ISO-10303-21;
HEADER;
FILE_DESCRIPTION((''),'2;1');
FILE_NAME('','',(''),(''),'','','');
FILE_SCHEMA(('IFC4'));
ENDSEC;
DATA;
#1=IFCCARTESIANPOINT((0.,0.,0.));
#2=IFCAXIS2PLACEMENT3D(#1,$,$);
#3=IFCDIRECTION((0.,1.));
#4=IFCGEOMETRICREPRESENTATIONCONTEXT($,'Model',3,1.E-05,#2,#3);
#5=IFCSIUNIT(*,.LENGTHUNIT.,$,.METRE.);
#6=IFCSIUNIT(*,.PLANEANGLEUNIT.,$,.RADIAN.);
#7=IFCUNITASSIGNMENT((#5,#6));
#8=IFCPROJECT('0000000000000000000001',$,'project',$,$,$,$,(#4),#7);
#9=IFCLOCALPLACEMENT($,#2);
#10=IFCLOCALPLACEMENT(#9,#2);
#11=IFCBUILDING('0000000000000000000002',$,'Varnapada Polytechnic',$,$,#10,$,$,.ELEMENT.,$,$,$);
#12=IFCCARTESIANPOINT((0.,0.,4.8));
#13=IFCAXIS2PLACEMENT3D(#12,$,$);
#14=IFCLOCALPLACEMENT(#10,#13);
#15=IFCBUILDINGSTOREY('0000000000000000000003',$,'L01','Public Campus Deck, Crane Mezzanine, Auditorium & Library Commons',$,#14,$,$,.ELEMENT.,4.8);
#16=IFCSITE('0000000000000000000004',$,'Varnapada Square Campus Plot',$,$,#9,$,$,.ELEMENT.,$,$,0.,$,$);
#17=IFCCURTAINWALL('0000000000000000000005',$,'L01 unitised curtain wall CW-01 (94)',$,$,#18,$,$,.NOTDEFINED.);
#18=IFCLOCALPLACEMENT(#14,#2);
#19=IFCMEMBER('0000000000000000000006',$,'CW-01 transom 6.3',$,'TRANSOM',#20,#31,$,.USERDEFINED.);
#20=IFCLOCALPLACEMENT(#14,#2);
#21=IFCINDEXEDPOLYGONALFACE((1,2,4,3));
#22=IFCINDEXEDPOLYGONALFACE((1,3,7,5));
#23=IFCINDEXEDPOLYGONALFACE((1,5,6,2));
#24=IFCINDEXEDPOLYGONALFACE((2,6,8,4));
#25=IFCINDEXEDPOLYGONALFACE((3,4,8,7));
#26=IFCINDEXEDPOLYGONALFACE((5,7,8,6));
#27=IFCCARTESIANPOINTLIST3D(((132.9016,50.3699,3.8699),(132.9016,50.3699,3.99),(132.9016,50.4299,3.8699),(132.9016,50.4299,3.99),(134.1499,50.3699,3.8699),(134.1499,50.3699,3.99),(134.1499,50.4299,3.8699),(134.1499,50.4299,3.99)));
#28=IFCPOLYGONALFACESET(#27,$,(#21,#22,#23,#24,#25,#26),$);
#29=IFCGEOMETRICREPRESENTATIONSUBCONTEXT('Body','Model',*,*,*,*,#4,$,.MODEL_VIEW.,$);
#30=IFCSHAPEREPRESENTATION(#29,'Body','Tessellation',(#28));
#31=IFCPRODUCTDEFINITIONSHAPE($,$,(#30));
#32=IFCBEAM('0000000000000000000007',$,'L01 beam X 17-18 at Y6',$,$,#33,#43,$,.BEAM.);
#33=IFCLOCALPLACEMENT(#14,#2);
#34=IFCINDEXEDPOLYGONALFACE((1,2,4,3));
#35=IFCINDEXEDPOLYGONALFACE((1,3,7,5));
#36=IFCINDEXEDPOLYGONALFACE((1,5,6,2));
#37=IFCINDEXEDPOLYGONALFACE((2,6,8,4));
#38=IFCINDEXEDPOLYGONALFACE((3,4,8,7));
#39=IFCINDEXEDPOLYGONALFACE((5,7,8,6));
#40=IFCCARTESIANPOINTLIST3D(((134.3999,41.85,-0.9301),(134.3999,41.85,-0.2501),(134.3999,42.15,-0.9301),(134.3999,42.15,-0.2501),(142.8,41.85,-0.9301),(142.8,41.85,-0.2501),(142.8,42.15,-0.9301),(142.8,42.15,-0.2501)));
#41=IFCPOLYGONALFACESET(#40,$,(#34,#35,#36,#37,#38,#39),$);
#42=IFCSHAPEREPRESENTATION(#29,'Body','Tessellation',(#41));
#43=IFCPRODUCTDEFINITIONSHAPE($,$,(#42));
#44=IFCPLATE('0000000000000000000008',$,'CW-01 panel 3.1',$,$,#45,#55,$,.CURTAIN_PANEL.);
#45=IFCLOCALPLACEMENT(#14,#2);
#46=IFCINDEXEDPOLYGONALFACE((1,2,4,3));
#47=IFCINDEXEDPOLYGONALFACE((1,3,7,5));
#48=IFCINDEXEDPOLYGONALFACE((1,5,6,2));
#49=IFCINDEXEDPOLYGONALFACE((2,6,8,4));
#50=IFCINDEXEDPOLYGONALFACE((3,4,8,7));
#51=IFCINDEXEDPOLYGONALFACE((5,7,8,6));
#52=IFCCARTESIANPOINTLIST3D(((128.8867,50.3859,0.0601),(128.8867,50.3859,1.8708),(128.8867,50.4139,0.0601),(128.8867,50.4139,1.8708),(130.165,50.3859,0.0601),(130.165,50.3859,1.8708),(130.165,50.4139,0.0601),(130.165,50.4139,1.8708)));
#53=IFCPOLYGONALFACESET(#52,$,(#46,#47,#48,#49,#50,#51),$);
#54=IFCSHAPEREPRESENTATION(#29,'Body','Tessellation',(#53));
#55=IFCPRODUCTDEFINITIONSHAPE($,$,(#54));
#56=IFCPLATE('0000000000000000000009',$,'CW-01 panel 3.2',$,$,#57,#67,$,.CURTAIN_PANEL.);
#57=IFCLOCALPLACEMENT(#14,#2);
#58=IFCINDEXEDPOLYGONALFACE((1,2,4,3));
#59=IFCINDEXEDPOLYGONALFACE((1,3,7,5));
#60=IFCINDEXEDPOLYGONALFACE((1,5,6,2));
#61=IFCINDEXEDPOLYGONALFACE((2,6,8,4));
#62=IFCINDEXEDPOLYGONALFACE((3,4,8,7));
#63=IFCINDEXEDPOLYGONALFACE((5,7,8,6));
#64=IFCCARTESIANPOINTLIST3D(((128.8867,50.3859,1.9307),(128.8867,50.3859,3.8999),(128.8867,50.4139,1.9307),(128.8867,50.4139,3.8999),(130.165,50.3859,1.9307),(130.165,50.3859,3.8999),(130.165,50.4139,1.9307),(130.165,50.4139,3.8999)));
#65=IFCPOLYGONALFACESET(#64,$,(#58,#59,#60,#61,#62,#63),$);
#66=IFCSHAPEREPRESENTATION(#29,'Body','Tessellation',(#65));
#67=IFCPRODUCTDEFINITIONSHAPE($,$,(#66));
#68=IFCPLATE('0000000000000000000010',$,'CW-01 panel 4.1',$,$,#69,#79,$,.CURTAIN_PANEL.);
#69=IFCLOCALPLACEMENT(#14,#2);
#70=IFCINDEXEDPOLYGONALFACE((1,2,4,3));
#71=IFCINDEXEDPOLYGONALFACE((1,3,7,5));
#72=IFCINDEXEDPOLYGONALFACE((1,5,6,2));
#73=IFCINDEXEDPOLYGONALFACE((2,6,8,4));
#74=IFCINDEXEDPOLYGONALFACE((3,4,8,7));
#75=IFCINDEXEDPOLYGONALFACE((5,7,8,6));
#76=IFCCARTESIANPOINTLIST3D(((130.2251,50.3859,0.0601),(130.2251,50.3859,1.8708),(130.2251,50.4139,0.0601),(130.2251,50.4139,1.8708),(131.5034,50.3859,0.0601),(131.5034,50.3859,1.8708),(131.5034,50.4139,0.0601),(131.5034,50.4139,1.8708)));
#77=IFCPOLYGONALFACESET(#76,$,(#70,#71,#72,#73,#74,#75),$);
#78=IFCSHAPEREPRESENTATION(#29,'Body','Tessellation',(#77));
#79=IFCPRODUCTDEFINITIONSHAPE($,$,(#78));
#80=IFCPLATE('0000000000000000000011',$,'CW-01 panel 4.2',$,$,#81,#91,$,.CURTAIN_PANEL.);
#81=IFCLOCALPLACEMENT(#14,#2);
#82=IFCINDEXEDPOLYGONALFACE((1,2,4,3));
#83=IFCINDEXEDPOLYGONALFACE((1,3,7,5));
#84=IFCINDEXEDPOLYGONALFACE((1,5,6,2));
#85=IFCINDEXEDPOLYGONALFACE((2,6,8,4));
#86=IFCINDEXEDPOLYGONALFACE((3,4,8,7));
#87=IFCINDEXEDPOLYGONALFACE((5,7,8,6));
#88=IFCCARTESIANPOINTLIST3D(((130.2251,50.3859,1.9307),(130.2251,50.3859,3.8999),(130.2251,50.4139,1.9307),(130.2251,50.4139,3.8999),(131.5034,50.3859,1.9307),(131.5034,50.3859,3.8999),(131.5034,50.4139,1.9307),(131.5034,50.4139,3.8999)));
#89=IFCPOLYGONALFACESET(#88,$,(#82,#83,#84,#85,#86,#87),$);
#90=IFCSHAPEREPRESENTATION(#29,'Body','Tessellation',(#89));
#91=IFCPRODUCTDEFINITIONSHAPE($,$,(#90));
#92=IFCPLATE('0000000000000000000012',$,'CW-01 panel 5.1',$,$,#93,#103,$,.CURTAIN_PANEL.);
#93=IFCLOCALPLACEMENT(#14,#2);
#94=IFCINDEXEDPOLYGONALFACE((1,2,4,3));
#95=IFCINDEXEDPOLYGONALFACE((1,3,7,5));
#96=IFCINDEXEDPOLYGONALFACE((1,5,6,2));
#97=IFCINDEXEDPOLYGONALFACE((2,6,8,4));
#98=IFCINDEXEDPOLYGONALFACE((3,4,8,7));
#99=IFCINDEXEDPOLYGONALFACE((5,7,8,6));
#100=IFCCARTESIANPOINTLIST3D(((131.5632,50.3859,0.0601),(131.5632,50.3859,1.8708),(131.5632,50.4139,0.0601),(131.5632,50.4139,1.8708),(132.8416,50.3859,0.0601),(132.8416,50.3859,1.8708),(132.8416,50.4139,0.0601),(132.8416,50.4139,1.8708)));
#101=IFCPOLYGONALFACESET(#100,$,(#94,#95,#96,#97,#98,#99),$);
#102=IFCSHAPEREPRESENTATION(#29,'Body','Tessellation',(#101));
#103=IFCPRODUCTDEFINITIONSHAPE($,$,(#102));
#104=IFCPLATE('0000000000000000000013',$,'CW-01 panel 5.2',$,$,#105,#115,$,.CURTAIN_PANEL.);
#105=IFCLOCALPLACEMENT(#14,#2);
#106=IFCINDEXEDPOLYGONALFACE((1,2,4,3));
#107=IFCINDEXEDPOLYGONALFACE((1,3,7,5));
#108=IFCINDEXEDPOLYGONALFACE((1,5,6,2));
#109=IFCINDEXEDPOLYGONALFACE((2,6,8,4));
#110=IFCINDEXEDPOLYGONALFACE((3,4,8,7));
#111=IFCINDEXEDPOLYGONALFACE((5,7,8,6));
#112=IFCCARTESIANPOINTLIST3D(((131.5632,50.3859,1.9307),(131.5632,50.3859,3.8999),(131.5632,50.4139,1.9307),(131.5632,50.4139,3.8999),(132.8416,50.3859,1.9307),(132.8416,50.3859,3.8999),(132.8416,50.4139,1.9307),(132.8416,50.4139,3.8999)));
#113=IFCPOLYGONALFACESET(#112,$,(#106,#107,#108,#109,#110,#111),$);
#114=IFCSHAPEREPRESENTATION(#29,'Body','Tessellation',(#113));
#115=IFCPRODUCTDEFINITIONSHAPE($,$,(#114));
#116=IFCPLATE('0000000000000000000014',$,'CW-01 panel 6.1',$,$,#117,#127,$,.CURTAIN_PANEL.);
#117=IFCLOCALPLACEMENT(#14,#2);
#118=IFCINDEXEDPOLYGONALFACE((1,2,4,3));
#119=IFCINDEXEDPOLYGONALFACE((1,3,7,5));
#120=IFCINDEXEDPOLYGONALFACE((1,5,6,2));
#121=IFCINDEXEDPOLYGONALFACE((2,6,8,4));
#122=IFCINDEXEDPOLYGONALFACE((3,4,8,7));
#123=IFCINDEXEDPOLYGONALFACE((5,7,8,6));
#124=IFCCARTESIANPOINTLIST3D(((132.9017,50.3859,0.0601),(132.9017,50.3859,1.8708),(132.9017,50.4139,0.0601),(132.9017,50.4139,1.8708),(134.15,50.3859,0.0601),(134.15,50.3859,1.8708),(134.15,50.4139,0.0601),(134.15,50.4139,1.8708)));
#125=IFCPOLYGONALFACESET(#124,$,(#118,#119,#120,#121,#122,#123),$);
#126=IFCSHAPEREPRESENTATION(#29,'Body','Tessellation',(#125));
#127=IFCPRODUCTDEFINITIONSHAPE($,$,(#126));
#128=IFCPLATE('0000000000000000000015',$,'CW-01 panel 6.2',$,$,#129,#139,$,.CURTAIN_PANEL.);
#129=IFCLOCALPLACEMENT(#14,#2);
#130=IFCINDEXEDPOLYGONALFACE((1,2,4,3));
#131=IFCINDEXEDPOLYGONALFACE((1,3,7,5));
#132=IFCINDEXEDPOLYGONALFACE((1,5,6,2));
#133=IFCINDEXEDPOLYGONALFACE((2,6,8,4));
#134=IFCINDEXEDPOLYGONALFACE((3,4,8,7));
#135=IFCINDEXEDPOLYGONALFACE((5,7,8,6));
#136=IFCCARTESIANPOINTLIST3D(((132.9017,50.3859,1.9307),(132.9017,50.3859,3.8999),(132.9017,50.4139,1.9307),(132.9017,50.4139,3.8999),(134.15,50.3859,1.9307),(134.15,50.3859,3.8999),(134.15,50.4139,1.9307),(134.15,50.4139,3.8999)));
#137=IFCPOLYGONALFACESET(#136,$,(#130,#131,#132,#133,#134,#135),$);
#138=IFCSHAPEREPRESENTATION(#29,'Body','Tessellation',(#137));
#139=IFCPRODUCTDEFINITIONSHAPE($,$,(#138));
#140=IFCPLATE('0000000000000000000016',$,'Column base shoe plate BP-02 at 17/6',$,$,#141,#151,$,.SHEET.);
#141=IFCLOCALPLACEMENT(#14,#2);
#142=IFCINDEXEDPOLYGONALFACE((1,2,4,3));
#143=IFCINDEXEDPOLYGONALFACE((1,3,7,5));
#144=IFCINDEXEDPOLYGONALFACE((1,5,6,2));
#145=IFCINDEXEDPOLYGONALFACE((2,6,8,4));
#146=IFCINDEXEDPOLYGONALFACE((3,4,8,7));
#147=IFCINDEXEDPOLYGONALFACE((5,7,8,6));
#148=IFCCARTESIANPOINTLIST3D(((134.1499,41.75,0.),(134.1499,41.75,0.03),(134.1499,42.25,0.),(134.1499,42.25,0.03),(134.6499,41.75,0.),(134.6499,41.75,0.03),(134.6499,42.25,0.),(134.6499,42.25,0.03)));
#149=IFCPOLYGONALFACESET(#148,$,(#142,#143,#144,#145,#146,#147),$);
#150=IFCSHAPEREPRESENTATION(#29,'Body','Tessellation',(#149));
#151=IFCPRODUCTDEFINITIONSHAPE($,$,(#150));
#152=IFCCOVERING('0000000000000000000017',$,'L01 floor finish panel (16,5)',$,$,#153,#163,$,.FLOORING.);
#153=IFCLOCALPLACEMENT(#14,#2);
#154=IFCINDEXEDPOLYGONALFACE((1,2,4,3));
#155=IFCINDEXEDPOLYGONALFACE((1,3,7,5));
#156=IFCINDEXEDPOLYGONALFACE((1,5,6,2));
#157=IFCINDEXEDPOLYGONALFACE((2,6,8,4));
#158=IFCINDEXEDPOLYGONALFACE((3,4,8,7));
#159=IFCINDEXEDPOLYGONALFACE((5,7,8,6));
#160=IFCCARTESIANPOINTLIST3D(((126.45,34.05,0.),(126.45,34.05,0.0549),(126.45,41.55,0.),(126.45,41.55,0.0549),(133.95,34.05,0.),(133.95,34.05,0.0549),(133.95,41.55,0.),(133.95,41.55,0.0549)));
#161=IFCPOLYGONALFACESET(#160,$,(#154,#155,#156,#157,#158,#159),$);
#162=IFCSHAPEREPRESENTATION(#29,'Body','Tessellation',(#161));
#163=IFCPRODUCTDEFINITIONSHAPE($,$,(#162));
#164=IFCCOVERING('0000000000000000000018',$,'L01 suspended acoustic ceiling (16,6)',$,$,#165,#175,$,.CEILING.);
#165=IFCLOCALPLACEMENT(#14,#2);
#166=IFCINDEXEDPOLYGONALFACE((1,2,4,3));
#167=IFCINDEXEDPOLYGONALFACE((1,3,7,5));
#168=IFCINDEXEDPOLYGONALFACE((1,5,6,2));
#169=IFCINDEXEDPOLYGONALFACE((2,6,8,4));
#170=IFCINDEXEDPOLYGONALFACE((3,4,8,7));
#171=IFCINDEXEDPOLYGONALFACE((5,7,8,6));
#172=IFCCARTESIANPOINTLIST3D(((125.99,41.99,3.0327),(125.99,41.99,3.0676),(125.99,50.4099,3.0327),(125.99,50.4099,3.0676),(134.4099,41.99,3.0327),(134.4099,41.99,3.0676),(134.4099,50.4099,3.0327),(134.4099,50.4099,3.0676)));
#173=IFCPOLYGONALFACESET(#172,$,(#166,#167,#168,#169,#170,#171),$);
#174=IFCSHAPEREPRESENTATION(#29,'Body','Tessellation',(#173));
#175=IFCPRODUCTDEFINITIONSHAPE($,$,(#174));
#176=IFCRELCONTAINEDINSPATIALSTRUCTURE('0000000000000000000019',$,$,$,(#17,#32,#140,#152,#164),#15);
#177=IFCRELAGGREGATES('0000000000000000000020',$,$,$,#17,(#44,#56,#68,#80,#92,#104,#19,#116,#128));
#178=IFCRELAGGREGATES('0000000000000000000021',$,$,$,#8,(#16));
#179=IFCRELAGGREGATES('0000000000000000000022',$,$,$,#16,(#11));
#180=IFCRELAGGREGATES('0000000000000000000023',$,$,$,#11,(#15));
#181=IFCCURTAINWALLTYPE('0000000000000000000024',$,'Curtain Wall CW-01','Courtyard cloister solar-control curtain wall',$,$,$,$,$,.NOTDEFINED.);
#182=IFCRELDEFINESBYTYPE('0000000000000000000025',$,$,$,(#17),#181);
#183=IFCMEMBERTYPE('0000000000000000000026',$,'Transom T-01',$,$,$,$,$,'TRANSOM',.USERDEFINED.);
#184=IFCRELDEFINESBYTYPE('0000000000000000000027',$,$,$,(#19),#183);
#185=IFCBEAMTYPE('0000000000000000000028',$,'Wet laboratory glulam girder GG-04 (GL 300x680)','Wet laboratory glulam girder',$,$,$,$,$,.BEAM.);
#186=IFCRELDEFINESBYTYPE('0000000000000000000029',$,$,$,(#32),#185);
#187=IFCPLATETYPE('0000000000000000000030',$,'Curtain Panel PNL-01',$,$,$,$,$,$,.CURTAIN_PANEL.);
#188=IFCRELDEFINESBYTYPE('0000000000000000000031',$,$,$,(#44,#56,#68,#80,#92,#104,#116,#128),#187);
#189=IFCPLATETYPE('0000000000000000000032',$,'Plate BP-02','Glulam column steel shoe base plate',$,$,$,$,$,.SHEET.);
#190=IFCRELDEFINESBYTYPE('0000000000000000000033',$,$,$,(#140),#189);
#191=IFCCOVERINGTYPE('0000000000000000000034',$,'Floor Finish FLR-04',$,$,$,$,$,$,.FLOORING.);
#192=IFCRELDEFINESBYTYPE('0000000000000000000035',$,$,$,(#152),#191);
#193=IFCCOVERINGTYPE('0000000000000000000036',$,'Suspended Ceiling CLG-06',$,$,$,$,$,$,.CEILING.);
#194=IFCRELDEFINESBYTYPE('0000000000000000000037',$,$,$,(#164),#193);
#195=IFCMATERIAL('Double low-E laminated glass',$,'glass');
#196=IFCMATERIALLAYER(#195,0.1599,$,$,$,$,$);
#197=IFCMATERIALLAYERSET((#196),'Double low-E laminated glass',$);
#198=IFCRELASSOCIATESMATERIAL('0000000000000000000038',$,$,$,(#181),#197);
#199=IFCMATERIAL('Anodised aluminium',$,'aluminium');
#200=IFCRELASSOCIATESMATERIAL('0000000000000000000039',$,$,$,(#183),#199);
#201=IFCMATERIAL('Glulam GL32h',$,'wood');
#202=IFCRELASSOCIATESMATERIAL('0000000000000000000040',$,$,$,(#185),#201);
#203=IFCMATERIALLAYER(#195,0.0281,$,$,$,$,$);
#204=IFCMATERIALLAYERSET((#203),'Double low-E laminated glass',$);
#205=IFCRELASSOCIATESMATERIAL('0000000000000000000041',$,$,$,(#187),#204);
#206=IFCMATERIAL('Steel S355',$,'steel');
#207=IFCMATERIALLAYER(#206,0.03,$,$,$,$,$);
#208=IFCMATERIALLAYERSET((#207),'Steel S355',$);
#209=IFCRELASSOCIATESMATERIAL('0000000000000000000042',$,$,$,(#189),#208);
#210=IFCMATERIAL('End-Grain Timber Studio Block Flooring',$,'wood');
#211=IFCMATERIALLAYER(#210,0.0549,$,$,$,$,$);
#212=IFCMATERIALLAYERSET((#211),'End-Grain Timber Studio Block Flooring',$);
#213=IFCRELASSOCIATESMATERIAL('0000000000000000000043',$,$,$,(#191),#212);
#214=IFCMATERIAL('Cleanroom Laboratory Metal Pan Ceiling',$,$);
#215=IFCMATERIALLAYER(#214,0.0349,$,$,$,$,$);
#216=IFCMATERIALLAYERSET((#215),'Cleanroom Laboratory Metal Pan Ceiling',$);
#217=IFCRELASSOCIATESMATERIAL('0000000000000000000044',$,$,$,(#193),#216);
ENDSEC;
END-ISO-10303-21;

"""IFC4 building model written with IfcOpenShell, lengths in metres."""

from ifc_helpers import new_model, si_unit, direction, frame, origin, origin_2d, place, context, subcontext, project, spatial, rectangle, extrude, material, layer, layer_set, material_profile, profile_set, type_object, element, aggregate, save


model = new_model("IFC4")

# Units and contexts
model_context = context("Model", 3, precision=1e-05, world=origin(), true_north=direction((0.0, 1.0)))
body_context = subcontext(model_context, "Body", "Model", "MODEL_VIEW")
ifc_project = project(units=[si_unit("LENGTHUNIT", "METRE"), si_unit("PLANEANGLEUNIT", "RADIAN")], contexts=[model_context])

# Site, building, storey
site_placement = place(None, origin())
site = spatial("IfcSite", under=ifc_project, at=site_placement, Name="Varnapada Square Campus Plot", CompositionType="ELEMENT", RefElevation=0.0)
building_placement = place(site_placement, origin())
building = spatial("IfcBuilding", under=site, at=building_placement, Name="Varnapada Polytechnic", CompositionType="ELEMENT")
storey_placement = place(building_placement, frame((0.0, 0.0, 4.8)))
storey = spatial("IfcBuildingStorey", under=building, at=storey_placement, Name="L01", Description="Public Campus Deck, Crane Mezzanine, Auditorium & Library Commons", CompositionType="ELEMENT", Elevation=4.8)

# Shared definitions
ifc_material_1 = material(Name="Glulam GL32h", Category="wood")

# Curtain wall, member
ifc_material_2 = material(Name="Double low-E laminated glass", Category="glass")
ifc_layer_1 = layer(ifc_material_2, 0.1599)
ifc_layer_set_1 = layer_set([ifc_layer_1], Name="Double low-E laminated glass")
curtain_wall_type = type_object("IfcCurtainWallType", Name="Curtain Wall CW-01", Description="Courtyard cloister solar-control curtain wall", PredefinedType="NOTDEFINED", material=ifc_layer_set_1)
curtain_wall_placement = place(storey_placement, origin())
curtain_wall = element("IfcCurtainWall", 1, at=curtain_wall_placement, inside=storey, type_object=curtain_wall_type, Name="L01 unitised curtain wall CW-01 (94)", PredefinedType="NOTDEFINED")
ifc_material_3 = material(Name="Anodised aluminium", Category="aluminium")
ifc_material_profile_1 = material_profile(ifc_material_3, rectangle(XDim=0.0601, YDim=0.1201, at=origin_2d()), Name="ALU T60x120")
ifc_profile_set_1 = profile_set([ifc_material_profile_1], Name="Anodised aluminium")
member_type_1 = type_object("IfcMemberType", Name="Transom T-01", ElementType="TRANSOM", PredefinedType="USERDEFINED", material=ifc_profile_set_1)
member_1_placement = place(storey_placement, frame((132.9016, 50.3999, 3.9299), z_axis=(1.0, 0.0, 0.0), x_axis=(0.0, 1.0, 0.0)))
member_1 = element("IfcMember", 2, at=member_1_placement, type_object=member_type_1, Name="CW-01 transom 6.3", ObjectType="TRANSOM", PredefinedType="USERDEFINED", context=body_context, shape_type="SweptSolid", body=[
    extrude(rectangle(XDim=0.0601, YDim=0.1201, at=origin_2d()), origin(), (0.0, 0.0, 1.0), 1.2483),
])

# Beam
ifc_material_profile_2 = material_profile(ifc_material_1, rectangle(XDim=0.3, YDim=0.6799, at=origin_2d()), Name="GL 300x680")
ifc_profile_set_2 = profile_set([ifc_material_profile_2], Name="Glulam GL32h")
beam_type = type_object("IfcBeamType", Name="Wet laboratory glulam girder GG-04 (GL 300x680)", Description="Wet laboratory glulam girder", PredefinedType="BEAM", material=ifc_profile_set_2)
beam_placement = place(storey_placement, frame((134.3999, 42.0, -0.5901), z_axis=(1.0, 0.0, 0.0), x_axis=(0.0, 1.0, 0.0)))
element("IfcBeam", 3, at=beam_placement, inside=storey, type_object=beam_type, Name="L01 beam X 17-18 at Y6", PredefinedType="BEAM", context=body_context, shape_type="SweptSolid", body=[
    extrude(rectangle(XDim=0.3, YDim=0.6799, at=origin_2d()), origin(), (0.0, 0.0, 1.0), 8.4001),
])

# Plates
ifc_layer_2 = layer(ifc_material_2, 0.0281)
ifc_layer_set_2 = layer_set([ifc_layer_2], Name="Double low-E laminated glass")
plate_type_1 = type_object("IfcPlateType", Name="Curtain Panel PNL-01", PredefinedType="CURTAIN_PANEL", material=ifc_layer_set_2)
plate_1_placement = place(storey_placement, frame((129.5259, 50.3999, 0.0601), z_axis=(0.0, 0.0, 1.0), x_axis=(1.0, 0.0, 0.0)))
plate_1 = element("IfcPlate", 4, at=plate_1_placement, type_object=plate_type_1, Name="CW-01 panel 3.1", PredefinedType="CURTAIN_PANEL", context=body_context, shape_type="SweptSolid", body=[
    extrude(rectangle(XDim=1.2783, YDim=0.0281, at=origin_2d()), origin(), (0.0, 0.0, 1.0), 1.8108),
])
plate_2_placement = place(storey_placement, frame((129.5259, 50.3999, 1.9307), z_axis=(0.0, 0.0, 1.0), x_axis=(1.0, 0.0, 0.0)))
plate_2 = element("IfcPlate", 5, at=plate_2_placement, type_object=plate_type_1, Name="CW-01 panel 3.2", PredefinedType="CURTAIN_PANEL", context=body_context, shape_type="SweptSolid", body=[
    extrude(rectangle(XDim=1.2783, YDim=0.0281, at=origin_2d()), origin(), (0.0, 0.0, 1.0), 1.9692),
])
plate_3_placement = place(storey_placement, frame((130.8643, 50.3999, 0.0601), z_axis=(0.0, 0.0, 1.0), x_axis=(1.0, 0.0, 0.0)))
plate_3 = element("IfcPlate", 6, at=plate_3_placement, type_object=plate_type_1, Name="CW-01 panel 4.1", PredefinedType="CURTAIN_PANEL", context=body_context, shape_type="SweptSolid", body=[
    extrude(rectangle(XDim=1.2783, YDim=0.0281, at=origin_2d()), origin(), (0.0, 0.0, 1.0), 1.8108),
])
plate_4_placement = place(storey_placement, frame((130.8643, 50.3999, 1.9307), z_axis=(0.0, 0.0, 1.0), x_axis=(1.0, 0.0, 0.0)))
plate_4 = element("IfcPlate", 7, at=plate_4_placement, type_object=plate_type_1, Name="CW-01 panel 4.2", PredefinedType="CURTAIN_PANEL", context=body_context, shape_type="SweptSolid", body=[
    extrude(rectangle(XDim=1.2783, YDim=0.0281, at=origin_2d()), origin(), (0.0, 0.0, 1.0), 1.9692),
])
plate_5_placement = place(storey_placement, frame((132.2024, 50.3999, 0.0601), z_axis=(0.0, 0.0, 1.0), x_axis=(1.0, 0.0, 0.0)))
plate_5 = element("IfcPlate", 8, at=plate_5_placement, type_object=plate_type_1, Name="CW-01 panel 5.1", PredefinedType="CURTAIN_PANEL", context=body_context, shape_type="SweptSolid", body=[
    extrude(rectangle(XDim=1.2783, YDim=0.0281, at=origin_2d()), origin(), (0.0, 0.0, 1.0), 1.8108),
])
plate_6_placement = place(storey_placement, frame((132.2024, 50.3999, 1.9307), z_axis=(0.0, 0.0, 1.0), x_axis=(1.0, 0.0, 0.0)))
plate_6 = element("IfcPlate", 9, at=plate_6_placement, type_object=plate_type_1, Name="CW-01 panel 5.2", PredefinedType="CURTAIN_PANEL", context=body_context, shape_type="SweptSolid", body=[
    extrude(rectangle(XDim=1.2783, YDim=0.0281, at=origin_2d()), origin(), (0.0, 0.0, 1.0), 1.9692),
])
plate_7_placement = place(storey_placement, frame((133.5259, 50.3999, 0.0601), z_axis=(0.0, 0.0, 1.0), x_axis=(1.0, 0.0, 0.0)))
plate_7 = element("IfcPlate", 10, at=plate_7_placement, type_object=plate_type_1, Name="CW-01 panel 6.1", PredefinedType="CURTAIN_PANEL", context=body_context, shape_type="SweptSolid", body=[
    extrude(rectangle(XDim=1.2483, YDim=0.0281, at=origin_2d()), origin(), (0.0, 0.0, 1.0), 1.8108),
])
plate_8_placement = place(storey_placement, frame((133.5259, 50.3999, 1.9307), z_axis=(0.0, 0.0, 1.0), x_axis=(1.0, 0.0, 0.0)))
plate_8 = element("IfcPlate", 11, at=plate_8_placement, type_object=plate_type_1, Name="CW-01 panel 6.2", PredefinedType="CURTAIN_PANEL", context=body_context, shape_type="SweptSolid", body=[
    extrude(rectangle(XDim=1.2483, YDim=0.0281, at=origin_2d()), origin(), (0.0, 0.0, 1.0), 1.9692),
])
aggregate(curtain_wall, [plate_1, plate_2, plate_3, plate_4, plate_5, plate_6, member_1, plate_7, plate_8])
ifc_material_4 = material(Name="Steel S355", Category="steel")
ifc_layer_3 = layer(ifc_material_4, 0.03)
ifc_layer_set_3 = layer_set([ifc_layer_3], Name="Steel S355")
plate_type_2 = type_object("IfcPlateType", Name="Plate BP-02", Description="Glulam column steel shoe base plate", PredefinedType="SHEET", material=ifc_layer_set_3)
plate_9_placement = place(storey_placement, frame((134.3999, 42.0, 0.0), z_axis=(0.0, 0.0, 1.0), x_axis=(1.0, 0.0, 0.0)))
element("IfcPlate", 12, at=plate_9_placement, inside=storey, type_object=plate_type_2, Name="Column base shoe plate BP-02 at 17/6", PredefinedType="SHEET", context=body_context, shape_type="SweptSolid", body=[
    extrude(rectangle(XDim=0.5, YDim=0.5, at=origin_2d()), origin(), (0.0, 0.0, 1.0), 0.03),
])

# Coverings
ifc_material_5 = material(Name="End-Grain Timber Studio Block Flooring", Category="wood")
ifc_layer_4 = layer(ifc_material_5, 0.0549)
ifc_layer_set_4 = layer_set([ifc_layer_4], Name="End-Grain Timber Studio Block Flooring")
covering_type_1 = type_object("IfcCoveringType", Name="Floor Finish FLR-04", PredefinedType="FLOORING", material=ifc_layer_set_4)
covering_1_placement = place(storey_placement, frame((130.2, 37.8, 0.0), z_axis=(0.0, 0.0, 1.0), x_axis=(1.0, 0.0, 0.0)))
element("IfcCovering", 13, at=covering_1_placement, inside=storey, type_object=covering_type_1, Name="L01 floor finish panel (16,5)", PredefinedType="FLOORING", context=body_context, shape_type="SweptSolid", body=[
    extrude(rectangle(XDim=7.5, YDim=7.5, at=origin_2d()), origin(), (0.0, 0.0, 1.0), 0.0549),
])
ifc_material_6 = material(Name="Cleanroom Laboratory Metal Pan Ceiling")
ifc_layer_5 = layer(ifc_material_6, 0.0349)
ifc_layer_set_5 = layer_set([ifc_layer_5], Name="Cleanroom Laboratory Metal Pan Ceiling")
covering_type_2 = type_object("IfcCoveringType", Name="Suspended Ceiling CLG-06", PredefinedType="CEILING", material=ifc_layer_set_5)
covering_2_placement = place(storey_placement, frame((130.2, 46.2, 3.0327), z_axis=(0.0, 0.0, 1.0), x_axis=(1.0, 0.0, 0.0)))
element("IfcCovering", 14, at=covering_2_placement, inside=storey, type_object=covering_type_2, Name="L01 suspended acoustic ceiling (16,6)", PredefinedType="CEILING", context=body_context, shape_type="SweptSolid", body=[
    extrude(rectangle(XDim=8.4199, YDim=8.4199, at=origin_2d()), origin(), (0.0, 0.0, 1.0), 0.0349),
])

save(model, "model.ifc")
